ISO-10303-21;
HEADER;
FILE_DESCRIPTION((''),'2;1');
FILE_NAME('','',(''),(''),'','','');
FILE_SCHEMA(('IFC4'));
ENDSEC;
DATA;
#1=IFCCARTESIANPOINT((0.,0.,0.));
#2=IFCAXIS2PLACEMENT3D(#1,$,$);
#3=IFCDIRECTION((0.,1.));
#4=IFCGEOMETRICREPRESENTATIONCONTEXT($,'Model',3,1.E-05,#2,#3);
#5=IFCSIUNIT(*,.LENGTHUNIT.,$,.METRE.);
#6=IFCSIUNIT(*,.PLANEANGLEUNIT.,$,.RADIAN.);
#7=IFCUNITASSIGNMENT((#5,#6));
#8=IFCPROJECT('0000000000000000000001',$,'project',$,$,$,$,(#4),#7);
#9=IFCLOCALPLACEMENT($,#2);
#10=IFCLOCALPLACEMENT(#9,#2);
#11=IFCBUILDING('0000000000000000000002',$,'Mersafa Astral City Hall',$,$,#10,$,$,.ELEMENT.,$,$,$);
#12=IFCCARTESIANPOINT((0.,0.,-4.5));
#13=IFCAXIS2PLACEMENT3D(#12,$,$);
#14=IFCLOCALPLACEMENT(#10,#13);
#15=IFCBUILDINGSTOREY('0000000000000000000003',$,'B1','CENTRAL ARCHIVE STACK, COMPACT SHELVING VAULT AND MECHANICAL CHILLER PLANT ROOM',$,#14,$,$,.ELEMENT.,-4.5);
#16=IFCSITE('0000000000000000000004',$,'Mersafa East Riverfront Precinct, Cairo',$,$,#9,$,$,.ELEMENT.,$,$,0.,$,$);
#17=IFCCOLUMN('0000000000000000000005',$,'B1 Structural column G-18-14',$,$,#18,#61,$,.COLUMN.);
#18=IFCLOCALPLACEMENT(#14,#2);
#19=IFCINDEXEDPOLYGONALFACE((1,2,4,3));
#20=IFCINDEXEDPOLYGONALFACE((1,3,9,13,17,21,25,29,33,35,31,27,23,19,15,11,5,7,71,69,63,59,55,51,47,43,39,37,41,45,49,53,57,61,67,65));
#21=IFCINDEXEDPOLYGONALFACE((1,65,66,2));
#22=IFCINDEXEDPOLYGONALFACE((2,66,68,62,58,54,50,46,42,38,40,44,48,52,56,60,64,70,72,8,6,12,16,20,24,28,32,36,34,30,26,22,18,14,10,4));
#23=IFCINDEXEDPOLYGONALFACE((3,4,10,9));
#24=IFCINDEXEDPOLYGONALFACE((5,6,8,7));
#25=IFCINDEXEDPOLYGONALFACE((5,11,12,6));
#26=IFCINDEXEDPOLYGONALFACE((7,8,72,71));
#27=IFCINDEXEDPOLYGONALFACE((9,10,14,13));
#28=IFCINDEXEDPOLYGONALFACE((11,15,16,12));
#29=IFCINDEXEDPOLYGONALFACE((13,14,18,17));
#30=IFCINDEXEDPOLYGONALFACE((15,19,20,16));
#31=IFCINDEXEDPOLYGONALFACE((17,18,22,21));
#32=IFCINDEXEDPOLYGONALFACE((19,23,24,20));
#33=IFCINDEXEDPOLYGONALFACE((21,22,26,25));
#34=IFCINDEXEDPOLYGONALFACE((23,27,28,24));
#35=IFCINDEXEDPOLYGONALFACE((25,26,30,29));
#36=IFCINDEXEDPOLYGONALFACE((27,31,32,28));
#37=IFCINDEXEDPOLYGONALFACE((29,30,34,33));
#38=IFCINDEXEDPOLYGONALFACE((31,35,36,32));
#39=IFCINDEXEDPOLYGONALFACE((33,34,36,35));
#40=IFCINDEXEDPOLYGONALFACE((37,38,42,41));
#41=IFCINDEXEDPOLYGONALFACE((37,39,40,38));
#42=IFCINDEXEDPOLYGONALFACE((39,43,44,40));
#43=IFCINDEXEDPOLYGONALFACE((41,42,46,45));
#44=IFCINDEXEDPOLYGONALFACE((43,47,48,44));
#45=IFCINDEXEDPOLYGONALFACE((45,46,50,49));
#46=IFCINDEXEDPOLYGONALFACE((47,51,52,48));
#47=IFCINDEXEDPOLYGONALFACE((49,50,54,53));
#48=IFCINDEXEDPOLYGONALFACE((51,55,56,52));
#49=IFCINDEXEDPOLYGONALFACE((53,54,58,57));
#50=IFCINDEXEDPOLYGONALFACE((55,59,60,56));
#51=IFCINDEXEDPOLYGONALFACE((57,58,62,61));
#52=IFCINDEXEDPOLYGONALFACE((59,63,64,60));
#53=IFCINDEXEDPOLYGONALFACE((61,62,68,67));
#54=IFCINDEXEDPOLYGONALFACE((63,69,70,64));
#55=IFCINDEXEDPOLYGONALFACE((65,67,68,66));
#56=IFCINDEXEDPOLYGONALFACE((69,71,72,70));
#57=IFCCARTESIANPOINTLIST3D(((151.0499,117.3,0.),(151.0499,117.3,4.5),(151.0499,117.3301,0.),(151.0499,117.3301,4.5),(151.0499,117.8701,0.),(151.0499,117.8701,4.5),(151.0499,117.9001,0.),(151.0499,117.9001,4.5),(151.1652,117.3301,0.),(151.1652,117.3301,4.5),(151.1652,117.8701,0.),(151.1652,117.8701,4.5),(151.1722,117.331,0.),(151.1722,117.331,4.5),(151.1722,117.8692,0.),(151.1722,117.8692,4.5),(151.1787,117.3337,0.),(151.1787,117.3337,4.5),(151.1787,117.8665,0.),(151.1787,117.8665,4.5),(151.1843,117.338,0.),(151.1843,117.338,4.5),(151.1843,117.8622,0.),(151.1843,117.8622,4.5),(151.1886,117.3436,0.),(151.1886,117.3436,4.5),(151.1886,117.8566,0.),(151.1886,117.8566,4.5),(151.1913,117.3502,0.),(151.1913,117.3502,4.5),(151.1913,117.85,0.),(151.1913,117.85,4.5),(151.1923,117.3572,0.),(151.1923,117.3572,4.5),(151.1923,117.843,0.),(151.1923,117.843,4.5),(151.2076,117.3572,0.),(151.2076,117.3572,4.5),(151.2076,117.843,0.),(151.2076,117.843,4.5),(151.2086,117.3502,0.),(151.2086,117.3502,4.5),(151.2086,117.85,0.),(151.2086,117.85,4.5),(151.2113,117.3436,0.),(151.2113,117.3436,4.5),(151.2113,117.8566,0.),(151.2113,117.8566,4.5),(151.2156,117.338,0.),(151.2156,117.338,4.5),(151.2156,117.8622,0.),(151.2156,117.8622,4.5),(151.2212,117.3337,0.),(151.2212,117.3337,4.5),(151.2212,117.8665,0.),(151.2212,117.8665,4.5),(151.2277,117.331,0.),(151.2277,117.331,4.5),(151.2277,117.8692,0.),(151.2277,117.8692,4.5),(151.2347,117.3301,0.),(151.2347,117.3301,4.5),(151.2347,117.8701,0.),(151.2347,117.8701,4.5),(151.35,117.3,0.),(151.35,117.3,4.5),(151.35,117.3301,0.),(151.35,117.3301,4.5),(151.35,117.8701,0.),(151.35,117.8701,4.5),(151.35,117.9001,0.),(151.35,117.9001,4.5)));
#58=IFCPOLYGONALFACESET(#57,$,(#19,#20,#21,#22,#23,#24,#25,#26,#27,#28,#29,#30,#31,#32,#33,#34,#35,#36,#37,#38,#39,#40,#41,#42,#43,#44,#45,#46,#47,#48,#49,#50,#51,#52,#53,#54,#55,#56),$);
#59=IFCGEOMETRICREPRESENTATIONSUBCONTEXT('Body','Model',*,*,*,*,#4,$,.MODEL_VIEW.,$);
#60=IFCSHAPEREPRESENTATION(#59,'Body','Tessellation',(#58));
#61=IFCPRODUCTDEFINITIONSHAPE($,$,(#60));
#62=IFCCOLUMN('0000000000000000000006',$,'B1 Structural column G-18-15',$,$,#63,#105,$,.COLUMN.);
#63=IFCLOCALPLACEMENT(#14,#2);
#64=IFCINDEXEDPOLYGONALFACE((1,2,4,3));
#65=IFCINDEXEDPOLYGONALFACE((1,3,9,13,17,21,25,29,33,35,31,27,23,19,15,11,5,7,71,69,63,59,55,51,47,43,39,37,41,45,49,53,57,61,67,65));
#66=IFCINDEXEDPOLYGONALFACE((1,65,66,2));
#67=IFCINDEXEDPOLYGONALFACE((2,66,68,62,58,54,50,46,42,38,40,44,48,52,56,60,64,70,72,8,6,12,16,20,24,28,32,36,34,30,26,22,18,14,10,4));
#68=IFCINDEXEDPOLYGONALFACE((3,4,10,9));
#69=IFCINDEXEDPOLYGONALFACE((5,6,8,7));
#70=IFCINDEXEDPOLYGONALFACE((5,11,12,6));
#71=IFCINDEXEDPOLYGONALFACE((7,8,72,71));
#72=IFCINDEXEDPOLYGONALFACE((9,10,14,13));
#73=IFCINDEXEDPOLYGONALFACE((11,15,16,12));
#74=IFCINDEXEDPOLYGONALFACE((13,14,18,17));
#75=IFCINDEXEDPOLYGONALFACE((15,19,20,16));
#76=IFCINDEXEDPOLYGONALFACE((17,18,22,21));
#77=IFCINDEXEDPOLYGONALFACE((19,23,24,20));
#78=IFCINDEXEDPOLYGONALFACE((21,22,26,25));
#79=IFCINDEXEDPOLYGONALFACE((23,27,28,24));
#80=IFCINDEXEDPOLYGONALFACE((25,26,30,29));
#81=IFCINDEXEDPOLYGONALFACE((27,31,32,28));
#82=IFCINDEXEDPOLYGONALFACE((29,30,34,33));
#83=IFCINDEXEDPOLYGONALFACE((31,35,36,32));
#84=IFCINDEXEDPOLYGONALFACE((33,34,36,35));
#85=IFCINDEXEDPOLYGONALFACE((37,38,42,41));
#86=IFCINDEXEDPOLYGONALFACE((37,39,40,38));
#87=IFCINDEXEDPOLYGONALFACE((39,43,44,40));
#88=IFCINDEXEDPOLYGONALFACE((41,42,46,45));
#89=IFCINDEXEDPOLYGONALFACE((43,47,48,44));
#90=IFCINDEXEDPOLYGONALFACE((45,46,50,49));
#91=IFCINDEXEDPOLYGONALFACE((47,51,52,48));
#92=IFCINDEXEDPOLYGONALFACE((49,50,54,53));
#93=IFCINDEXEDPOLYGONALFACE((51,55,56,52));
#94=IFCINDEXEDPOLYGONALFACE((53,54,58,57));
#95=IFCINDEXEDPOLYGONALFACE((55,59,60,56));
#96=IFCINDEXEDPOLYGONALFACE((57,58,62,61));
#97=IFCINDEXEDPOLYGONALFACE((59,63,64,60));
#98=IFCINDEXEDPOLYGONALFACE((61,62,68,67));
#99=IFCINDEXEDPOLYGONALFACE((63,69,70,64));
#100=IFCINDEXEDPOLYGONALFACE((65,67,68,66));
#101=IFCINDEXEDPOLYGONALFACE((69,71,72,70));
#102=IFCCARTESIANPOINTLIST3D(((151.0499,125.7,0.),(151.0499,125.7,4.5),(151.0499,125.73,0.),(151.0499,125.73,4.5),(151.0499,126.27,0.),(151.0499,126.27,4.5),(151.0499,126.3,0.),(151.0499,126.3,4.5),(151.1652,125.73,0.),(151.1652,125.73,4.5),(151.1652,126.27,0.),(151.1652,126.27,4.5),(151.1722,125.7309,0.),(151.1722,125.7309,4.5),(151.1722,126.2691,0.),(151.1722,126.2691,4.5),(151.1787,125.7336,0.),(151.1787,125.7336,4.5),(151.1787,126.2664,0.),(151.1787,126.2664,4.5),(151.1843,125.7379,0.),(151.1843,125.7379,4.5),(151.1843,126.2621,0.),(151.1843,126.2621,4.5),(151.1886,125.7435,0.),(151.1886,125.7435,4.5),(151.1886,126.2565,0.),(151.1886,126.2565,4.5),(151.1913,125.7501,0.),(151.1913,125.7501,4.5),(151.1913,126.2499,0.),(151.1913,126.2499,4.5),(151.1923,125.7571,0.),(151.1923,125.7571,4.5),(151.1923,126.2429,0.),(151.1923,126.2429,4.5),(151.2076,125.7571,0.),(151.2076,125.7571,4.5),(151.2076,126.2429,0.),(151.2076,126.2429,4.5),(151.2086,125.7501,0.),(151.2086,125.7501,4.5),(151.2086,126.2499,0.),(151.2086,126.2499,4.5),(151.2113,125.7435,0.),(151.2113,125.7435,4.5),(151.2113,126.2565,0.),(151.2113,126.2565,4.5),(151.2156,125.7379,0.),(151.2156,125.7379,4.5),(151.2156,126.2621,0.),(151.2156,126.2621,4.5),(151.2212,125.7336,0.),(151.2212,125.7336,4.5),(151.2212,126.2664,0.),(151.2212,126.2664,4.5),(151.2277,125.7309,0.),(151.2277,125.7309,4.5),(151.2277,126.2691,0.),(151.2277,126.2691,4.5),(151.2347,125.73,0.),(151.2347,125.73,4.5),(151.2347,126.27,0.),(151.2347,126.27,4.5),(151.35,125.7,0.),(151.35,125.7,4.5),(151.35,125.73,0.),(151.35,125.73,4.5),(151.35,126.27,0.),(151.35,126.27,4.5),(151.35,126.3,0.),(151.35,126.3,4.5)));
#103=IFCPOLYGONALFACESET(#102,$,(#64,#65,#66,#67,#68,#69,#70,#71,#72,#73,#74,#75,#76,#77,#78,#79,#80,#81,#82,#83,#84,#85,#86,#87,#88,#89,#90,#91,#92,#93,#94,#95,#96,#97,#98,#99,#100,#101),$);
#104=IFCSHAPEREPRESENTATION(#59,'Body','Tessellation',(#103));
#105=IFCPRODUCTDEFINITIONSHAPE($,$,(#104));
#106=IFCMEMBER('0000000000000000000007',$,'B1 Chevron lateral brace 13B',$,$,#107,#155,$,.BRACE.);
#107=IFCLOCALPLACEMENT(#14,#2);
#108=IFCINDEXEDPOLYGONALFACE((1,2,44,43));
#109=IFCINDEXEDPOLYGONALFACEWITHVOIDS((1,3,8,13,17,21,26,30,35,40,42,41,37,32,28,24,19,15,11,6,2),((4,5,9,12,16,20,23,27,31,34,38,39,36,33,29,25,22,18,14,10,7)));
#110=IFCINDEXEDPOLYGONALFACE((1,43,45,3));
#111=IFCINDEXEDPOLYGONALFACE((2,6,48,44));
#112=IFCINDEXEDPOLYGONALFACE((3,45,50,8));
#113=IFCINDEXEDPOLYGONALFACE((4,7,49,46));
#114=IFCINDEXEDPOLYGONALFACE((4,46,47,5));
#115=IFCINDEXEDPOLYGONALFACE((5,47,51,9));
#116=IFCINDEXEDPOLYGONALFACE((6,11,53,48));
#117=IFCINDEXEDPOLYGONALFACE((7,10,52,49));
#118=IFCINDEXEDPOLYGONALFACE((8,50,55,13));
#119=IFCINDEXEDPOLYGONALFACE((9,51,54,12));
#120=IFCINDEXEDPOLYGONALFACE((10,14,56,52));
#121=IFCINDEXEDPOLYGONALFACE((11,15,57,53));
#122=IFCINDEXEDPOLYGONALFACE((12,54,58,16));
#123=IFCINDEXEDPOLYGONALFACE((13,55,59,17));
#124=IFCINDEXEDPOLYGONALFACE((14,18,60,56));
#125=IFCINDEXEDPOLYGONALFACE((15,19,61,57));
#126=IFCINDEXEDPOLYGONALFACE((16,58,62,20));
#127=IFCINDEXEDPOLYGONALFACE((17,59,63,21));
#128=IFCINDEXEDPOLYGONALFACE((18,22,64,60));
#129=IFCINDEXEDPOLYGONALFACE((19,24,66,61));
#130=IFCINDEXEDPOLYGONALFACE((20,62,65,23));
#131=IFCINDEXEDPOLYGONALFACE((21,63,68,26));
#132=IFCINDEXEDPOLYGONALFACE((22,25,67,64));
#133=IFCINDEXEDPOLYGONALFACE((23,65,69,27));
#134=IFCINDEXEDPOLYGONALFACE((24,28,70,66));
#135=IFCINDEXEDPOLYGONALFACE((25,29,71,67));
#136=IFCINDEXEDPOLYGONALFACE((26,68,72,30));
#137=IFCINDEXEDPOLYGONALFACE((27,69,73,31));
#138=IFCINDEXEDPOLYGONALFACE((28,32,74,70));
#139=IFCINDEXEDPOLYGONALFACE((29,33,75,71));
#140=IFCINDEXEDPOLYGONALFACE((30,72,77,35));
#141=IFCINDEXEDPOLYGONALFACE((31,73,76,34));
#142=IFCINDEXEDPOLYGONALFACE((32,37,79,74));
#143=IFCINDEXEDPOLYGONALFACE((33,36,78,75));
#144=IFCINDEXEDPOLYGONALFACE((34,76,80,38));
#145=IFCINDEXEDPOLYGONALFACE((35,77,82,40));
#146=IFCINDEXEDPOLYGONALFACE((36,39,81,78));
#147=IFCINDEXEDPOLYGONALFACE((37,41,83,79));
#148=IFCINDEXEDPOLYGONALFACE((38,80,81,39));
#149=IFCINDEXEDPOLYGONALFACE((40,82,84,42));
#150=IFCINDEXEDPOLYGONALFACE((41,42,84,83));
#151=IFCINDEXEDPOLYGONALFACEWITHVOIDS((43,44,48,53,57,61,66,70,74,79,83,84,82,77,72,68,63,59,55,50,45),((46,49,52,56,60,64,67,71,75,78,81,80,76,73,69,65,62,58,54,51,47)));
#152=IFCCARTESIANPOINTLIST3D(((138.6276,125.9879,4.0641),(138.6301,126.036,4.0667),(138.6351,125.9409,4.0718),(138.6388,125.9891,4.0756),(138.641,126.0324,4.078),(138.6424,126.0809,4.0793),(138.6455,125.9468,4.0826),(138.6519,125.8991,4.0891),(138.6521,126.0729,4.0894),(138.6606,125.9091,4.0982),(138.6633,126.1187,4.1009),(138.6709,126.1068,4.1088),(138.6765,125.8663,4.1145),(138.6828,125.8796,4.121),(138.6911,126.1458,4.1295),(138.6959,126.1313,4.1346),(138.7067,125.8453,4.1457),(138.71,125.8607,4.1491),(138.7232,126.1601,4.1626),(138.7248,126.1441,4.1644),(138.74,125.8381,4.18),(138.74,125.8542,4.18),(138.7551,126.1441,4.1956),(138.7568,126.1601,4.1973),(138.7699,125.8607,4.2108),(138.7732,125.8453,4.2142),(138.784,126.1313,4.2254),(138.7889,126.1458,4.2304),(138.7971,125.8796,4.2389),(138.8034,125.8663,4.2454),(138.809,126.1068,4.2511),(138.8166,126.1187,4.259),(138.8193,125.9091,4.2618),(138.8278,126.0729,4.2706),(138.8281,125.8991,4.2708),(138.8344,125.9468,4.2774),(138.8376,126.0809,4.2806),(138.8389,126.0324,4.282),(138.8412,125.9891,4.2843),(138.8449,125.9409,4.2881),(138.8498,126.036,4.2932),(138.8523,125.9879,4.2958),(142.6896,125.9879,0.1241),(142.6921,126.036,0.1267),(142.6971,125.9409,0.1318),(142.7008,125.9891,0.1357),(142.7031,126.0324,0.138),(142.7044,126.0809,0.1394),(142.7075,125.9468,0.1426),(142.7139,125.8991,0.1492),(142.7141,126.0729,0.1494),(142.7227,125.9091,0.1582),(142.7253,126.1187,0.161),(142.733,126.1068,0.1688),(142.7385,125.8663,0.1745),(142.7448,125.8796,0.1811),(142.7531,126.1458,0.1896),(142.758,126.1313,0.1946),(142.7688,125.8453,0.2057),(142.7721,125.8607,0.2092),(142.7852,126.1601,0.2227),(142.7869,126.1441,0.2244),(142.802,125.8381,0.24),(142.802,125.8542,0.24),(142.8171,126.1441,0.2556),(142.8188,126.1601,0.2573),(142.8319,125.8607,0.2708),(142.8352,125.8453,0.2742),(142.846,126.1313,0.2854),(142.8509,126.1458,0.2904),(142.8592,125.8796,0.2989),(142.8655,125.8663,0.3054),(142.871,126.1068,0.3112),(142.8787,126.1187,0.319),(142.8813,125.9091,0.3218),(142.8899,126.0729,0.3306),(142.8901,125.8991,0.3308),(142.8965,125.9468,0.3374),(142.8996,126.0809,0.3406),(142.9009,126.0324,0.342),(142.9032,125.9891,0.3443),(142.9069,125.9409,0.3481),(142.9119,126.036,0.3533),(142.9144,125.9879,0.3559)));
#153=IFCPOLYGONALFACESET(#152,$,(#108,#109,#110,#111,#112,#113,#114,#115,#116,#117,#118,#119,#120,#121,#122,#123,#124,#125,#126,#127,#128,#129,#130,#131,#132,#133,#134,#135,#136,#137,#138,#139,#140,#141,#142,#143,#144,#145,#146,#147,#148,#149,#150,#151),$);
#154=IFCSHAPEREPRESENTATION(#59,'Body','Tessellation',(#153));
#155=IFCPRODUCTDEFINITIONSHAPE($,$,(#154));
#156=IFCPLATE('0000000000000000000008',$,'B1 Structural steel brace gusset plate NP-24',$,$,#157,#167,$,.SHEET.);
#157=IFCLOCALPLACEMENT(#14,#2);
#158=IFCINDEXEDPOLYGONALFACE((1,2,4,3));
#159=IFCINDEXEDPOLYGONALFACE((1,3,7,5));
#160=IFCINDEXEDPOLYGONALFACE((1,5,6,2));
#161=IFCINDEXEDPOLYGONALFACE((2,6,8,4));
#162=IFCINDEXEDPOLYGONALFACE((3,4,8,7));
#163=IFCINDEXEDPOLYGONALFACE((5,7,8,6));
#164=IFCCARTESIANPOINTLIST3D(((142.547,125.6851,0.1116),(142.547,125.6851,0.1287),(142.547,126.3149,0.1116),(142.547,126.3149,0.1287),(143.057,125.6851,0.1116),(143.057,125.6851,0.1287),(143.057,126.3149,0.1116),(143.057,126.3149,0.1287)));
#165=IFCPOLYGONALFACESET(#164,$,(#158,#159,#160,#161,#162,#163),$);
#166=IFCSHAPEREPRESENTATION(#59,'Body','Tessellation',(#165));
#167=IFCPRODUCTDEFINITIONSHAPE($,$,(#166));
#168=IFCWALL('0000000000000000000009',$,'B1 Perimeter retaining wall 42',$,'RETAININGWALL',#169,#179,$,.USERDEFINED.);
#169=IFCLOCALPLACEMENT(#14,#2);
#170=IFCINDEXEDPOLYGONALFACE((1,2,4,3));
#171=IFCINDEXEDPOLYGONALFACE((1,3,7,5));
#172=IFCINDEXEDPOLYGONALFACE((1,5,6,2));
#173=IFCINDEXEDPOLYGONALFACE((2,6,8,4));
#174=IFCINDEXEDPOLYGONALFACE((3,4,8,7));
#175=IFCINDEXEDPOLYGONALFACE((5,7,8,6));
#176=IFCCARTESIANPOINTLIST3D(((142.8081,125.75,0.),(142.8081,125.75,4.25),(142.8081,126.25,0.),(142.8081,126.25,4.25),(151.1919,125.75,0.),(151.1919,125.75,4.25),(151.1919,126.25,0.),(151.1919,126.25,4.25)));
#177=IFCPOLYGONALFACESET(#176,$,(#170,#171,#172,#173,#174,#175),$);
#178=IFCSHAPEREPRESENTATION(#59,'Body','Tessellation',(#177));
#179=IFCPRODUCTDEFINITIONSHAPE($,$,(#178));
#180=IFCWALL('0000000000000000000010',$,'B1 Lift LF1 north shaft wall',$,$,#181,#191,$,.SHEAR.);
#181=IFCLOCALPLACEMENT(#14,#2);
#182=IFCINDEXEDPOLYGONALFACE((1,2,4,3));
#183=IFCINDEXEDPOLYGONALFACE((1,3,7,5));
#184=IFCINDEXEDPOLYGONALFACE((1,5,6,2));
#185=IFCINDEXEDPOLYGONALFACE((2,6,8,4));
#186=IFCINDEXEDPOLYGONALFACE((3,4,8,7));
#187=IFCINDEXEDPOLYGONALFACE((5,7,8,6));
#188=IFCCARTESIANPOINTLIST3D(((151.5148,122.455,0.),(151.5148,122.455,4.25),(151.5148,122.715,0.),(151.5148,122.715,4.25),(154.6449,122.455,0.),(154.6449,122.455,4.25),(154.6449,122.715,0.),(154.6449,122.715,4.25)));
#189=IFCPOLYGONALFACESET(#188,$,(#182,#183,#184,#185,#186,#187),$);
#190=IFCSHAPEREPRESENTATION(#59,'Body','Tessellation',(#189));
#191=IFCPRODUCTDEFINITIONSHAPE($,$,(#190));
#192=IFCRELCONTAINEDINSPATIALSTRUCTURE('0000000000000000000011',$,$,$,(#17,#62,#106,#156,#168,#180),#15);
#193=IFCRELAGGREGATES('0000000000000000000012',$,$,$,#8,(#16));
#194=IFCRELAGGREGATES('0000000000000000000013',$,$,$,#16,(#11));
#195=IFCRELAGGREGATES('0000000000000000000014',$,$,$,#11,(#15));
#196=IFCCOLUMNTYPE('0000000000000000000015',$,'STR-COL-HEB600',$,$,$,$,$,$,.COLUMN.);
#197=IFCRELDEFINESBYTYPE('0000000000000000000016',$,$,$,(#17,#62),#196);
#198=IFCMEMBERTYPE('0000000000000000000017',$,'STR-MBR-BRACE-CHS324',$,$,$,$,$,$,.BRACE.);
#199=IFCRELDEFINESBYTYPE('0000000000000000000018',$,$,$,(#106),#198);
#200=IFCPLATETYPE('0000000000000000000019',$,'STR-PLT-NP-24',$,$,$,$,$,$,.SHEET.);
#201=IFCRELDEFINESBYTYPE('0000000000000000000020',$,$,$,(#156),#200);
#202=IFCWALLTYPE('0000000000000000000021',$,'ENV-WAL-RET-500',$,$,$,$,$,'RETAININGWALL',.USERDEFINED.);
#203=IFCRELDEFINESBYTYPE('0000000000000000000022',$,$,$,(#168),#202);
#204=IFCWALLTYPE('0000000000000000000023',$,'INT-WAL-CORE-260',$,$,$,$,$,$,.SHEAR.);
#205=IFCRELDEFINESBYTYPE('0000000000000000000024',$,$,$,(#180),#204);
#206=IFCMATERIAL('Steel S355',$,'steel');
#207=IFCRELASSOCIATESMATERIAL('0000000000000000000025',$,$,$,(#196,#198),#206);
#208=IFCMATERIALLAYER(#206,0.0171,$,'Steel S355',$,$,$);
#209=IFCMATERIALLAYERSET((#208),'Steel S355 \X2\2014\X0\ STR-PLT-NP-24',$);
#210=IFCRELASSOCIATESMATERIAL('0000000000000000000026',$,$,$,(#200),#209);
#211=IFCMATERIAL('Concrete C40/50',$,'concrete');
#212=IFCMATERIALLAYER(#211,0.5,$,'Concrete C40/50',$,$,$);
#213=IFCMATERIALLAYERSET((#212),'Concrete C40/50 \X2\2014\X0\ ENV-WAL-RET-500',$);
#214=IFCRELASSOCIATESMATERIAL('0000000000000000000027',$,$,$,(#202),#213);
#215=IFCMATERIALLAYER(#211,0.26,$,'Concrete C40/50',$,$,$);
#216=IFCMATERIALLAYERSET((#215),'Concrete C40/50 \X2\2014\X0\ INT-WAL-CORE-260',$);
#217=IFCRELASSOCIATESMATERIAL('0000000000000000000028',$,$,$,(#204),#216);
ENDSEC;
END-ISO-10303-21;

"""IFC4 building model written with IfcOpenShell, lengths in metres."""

from ifc_helpers import new_model, si_unit, direction, frame, frame_2d, origin, origin_2d, place, context, subcontext, project, spatial, rectangle, hollow_circle, i_section, extrude, material, layer, layer_set, material_profile, profile_set, type_object, element, save


model = new_model("IFC4")

# Units and contexts
model_context = context("Model", 3, precision=1e-05, world=origin(), true_north=direction((0.0, 1.0)))
body_context = subcontext(model_context, "Body", "Model", "MODEL_VIEW")
ifc_project = project(units=[si_unit("LENGTHUNIT", "METRE"), si_unit("PLANEANGLEUNIT", "RADIAN")], contexts=[model_context])

# Site, building, storey
site_placement = place(None, origin())
site = spatial("IfcSite", under=ifc_project, at=site_placement, Name="Mersafa East Riverfront Precinct, Cairo", CompositionType="ELEMENT", RefElevation=0.0)
building_placement = place(site_placement, origin())
building = spatial("IfcBuilding", under=site, at=building_placement, Name="Mersafa Astral City Hall", CompositionType="ELEMENT")
storey_placement = place(building_placement, frame((0.0, 0.0, -4.5)))
storey = spatial("IfcBuildingStorey", under=building, at=storey_placement, Name="B1", Description="CENTRAL ARCHIVE STACK, COMPACT SHELVING VAULT AND MECHANICAL CHILLER PLANT ROOM", CompositionType="ELEMENT", Elevation=-4.5)

# Shared definitions
ifc_material_1 = material(Name="Concrete C40/50", Category="concrete")

# Columns
ifc_material_2 = material(Name="Steel S355", Category="steel")
ifc_material_profile_1 = material_profile(ifc_material_2, i_section(OverallWidth=0.3, OverallDepth=0.6001, WebThickness=0.0154, FlangeThickness=0.03, FilletRadius=0.0271, at=origin_2d()), Name="HEB 600")
ifc_profile_set_1 = profile_set([ifc_material_profile_1], Name="Steel S355")
column_type = type_object("IfcColumnType", Name="STR-COL-HEB600", PredefinedType="COLUMN", material=ifc_profile_set_1)
for number, where, z_axis, x_axis, name in (
    (1, (151.2, 117.6001, 0.0), (0.0, 0.0, 1.0), (1.0, 0.0, 0.0), "B1 Structural column G-18-14"),
    (2, (151.2, 126.0, 0.0), (0.0, 0.0, 1.0), (1.0, 0.0, 0.0), "B1 Structural column G-18-15"),
):
    element("IfcColumn", number, at=place(storey_placement, frame(where, z_axis=z_axis, x_axis=x_axis)), inside=storey, type_object=column_type, Name=name, PredefinedType="COLUMN", context=body_context, shape_type="SweptSolid", body=[
        extrude(i_section(OverallWidth=0.3, OverallDepth=0.6001, WebThickness=0.0154, FlangeThickness=0.03, FilletRadius=0.0271, at=origin_2d()), origin(), (0.0, 0.0, 1.0), 4.5),
    ])

# Member
ifc_material_profile_2 = material_profile(ifc_material_2, hollow_circle(Radius=0.1619, WallThickness=0.0161, at=origin_2d()), Name="CHS 323.9x16")
ifc_profile_set_2 = profile_set([ifc_material_profile_2], Name="Steel S355")
member_type = type_object("IfcMemberType", Name="STR-MBR-BRACE-CHS324", PredefinedType="BRACE", material=ifc_profile_set_2)
member_placement = place(storey_placement, frame((142.802, 126.0, 0.24), z_axis=(-0.71781, 0.0, 0.696239), x_axis=(0.0, -1.0, 0.0)))
element("IfcMember", 3, at=member_placement, inside=storey, type_object=member_type, Name="B1 Chevron lateral brace 13B", PredefinedType="BRACE", context=body_context, shape_type="SweptSolid", body=[
    extrude(hollow_circle(Radius=0.1619, WallThickness=0.0161, at=origin_2d()), origin(), (0.0, 0.0, 1.0), 5.6589),
])

# Plate
ifc_layer_1 = layer(ifc_material_2, 0.0171, Name="Steel S355")
ifc_layer_set_1 = layer_set([ifc_layer_1], Name="Steel S355 — STR-PLT-NP-24")
plate_type = type_object("IfcPlateType", Name="STR-PLT-NP-24", PredefinedType="SHEET", material=ifc_layer_set_1)
plate_placement = place(storey_placement, frame((142.802, 126.0, 0.1116), z_axis=(0.0, 0.0, 1.0), x_axis=(1.0, 0.0, 0.0)))
element("IfcPlate", 4, at=plate_placement, inside=storey, type_object=plate_type, Name="B1 Structural steel brace gusset plate NP-24", PredefinedType="SHEET", context=body_context, shape_type="SweptSolid", body=[
    extrude(rectangle(XDim=0.51, YDim=0.6299, at=origin_2d()), origin(), (0.0, 0.0, 1.0), 0.0171),
])

# Walls
ifc_layer_2 = layer(ifc_material_1, 0.5, Name="Concrete C40/50")
ifc_layer_set_2 = layer_set([ifc_layer_2], Name="Concrete C40/50 — ENV-WAL-RET-500")
wall_type_1 = type_object("IfcWallType", Name="ENV-WAL-RET-500", ElementType="RETAININGWALL", PredefinedType="USERDEFINED", material=ifc_layer_set_2)
wall_1_placement = place(storey_placement, frame((151.1919, 126.0, 0.0), z_axis=(0.0, 0.0, 1.0), x_axis=(-1.0, 0.0, 0.0)))
element("IfcWall", 5, at=wall_1_placement, inside=storey, type_object=wall_type_1, Name="B1 Perimeter retaining wall 42", ObjectType="RETAININGWALL", PredefinedType="USERDEFINED", context=body_context, shape_type="SweptSolid", body=[
    extrude(rectangle(XDim=8.3838, YDim=0.5, at=frame_2d((4.1919, 0.0))), origin(), (0.0, 0.0, 1.0), 4.25),
])
ifc_layer_3 = layer(ifc_material_1, 0.26, Name="Concrete C40/50")
ifc_layer_set_3 = layer_set([ifc_layer_3], Name="Concrete C40/50 — INT-WAL-CORE-260")
wall_type_2 = type_object("IfcWallType", Name="INT-WAL-CORE-260", PredefinedType="SHEAR", material=ifc_layer_set_3)
wall_2_placement = place(storey_placement, frame((151.5149, 122.585, 0.0), z_axis=(0.0, 0.0, 1.0), x_axis=(1.0, 0.0, 0.0)))
element("IfcWall", 6, at=wall_2_placement, inside=storey, type_object=wall_type_2, Name="B1 Lift LF1 north shaft wall", PredefinedType="SHEAR", context=body_context, shape_type="SweptSolid", body=[
    extrude(rectangle(XDim=3.1301, YDim=0.26, at=frame_2d((1.5649, 0.0))), origin(), (0.0, 0.0, 1.0), 4.25),
])

save(model, "model.ifc")
